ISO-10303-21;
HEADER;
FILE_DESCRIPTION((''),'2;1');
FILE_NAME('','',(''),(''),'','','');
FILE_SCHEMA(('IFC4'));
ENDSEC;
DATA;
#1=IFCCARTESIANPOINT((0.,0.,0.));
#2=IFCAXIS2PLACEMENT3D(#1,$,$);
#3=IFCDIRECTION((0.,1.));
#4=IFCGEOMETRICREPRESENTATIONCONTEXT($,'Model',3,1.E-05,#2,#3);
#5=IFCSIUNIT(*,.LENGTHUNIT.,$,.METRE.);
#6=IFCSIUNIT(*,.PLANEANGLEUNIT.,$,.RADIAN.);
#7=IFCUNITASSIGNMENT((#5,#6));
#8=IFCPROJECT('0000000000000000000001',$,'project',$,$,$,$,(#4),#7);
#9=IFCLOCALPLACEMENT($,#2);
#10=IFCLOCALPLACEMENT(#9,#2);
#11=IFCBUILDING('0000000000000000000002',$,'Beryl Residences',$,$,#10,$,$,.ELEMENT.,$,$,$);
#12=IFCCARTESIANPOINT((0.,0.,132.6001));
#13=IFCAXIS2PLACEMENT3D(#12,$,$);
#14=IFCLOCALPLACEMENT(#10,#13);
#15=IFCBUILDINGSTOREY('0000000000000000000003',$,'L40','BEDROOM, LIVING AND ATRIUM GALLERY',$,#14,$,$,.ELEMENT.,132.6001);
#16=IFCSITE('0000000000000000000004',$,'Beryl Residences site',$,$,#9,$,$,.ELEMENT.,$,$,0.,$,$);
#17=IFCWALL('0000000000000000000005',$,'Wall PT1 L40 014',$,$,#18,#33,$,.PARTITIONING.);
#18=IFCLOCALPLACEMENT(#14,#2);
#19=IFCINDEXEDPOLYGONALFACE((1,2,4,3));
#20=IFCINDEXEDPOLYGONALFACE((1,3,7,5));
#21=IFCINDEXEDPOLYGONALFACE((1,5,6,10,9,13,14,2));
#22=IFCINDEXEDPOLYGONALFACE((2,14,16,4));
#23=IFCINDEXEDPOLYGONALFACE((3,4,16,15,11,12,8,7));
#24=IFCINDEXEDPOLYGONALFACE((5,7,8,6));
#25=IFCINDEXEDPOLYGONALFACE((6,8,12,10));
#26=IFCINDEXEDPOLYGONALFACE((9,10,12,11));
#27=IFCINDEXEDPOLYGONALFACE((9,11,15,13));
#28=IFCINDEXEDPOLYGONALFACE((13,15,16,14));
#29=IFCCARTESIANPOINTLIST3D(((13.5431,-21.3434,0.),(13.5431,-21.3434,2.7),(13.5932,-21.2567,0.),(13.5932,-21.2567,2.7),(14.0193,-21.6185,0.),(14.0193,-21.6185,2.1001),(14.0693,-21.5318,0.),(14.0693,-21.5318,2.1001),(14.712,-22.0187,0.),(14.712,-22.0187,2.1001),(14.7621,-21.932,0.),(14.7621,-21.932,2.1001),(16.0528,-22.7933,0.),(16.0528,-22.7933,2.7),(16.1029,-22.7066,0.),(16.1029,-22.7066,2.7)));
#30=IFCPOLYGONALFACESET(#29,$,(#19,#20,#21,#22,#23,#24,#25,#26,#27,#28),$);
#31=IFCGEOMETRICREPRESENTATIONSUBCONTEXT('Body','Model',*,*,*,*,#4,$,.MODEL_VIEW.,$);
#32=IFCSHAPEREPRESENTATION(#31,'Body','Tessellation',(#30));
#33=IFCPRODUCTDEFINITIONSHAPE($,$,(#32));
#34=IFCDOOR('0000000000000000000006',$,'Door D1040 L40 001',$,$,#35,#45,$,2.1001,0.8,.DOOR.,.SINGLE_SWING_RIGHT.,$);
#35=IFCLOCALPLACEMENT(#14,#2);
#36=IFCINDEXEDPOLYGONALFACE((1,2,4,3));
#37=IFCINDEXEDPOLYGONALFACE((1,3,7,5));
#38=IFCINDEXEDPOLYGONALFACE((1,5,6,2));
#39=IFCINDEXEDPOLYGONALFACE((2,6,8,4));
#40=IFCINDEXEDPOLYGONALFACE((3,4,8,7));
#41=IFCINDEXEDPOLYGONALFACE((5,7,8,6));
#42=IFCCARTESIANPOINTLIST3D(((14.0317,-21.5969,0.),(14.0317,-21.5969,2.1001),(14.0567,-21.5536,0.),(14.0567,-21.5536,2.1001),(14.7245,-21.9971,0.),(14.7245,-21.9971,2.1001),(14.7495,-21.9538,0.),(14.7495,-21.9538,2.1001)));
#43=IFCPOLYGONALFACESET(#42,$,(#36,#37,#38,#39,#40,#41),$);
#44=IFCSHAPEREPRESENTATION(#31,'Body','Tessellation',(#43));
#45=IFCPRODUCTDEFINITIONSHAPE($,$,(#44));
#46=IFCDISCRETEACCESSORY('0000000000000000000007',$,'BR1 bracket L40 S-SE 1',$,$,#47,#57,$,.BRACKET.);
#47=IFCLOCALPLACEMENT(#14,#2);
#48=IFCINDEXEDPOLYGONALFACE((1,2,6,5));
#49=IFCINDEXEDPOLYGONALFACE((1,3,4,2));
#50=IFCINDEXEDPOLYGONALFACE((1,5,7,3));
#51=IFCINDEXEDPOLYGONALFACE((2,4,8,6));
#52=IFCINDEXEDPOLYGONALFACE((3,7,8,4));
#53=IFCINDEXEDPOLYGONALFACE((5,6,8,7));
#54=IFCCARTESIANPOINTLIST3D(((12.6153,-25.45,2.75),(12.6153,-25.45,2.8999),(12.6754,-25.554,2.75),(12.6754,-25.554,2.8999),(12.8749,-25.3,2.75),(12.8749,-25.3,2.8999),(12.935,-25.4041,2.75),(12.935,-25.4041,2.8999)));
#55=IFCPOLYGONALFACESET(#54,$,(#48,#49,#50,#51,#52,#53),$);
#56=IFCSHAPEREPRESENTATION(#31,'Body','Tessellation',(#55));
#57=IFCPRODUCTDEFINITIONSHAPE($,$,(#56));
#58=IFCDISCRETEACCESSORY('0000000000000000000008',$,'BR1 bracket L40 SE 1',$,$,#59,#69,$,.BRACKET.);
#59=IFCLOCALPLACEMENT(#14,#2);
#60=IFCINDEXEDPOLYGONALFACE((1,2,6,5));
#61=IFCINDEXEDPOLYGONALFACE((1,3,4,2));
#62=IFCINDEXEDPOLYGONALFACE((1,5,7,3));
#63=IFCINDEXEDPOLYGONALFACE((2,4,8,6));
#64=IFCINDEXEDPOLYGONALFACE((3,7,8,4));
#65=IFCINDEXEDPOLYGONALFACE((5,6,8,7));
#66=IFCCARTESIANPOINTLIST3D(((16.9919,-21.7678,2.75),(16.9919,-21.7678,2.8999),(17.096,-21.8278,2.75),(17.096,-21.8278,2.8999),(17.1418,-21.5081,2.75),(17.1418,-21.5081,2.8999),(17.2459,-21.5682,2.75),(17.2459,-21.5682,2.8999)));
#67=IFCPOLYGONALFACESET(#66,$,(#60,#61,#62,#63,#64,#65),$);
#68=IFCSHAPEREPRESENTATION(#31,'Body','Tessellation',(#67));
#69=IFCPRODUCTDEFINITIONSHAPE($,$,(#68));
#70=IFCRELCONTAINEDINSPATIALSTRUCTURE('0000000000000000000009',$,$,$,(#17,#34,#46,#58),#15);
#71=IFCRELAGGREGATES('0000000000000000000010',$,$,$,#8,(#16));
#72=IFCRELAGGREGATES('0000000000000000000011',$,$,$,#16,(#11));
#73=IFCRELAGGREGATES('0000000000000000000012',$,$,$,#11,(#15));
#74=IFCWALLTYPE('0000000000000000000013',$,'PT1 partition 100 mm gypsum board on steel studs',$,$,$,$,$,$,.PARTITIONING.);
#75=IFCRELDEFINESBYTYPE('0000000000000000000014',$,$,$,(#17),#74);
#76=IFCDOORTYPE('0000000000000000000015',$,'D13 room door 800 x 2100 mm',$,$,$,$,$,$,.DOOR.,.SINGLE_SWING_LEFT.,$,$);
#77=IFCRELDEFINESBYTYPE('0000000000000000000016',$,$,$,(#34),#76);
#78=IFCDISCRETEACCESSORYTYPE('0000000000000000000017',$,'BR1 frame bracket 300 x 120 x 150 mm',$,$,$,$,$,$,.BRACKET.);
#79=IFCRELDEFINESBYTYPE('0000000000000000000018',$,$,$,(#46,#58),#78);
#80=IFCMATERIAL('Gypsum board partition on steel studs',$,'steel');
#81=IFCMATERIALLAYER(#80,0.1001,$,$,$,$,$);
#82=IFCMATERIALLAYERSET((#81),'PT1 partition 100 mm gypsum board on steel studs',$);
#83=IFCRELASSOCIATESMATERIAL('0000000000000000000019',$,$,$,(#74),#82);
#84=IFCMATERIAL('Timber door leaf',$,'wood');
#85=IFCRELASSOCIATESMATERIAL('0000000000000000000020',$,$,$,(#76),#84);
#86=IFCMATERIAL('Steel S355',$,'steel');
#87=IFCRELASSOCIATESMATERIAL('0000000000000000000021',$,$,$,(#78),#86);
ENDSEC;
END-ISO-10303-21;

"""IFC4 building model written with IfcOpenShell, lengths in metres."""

from ifc_helpers import new_model, si_unit, direction, frame, frame_2d, origin, place, context, subcontext, project, spatial, polyline, rectangle, outline, extrude, source, transform, mapped, material, layer, layer_set, type_object, type_shapes, element, fill, save


model = new_model("IFC4")

# Units and contexts
model_context = context("Model", 3, precision=1e-05, world=origin(), true_north=direction((0.0, 1.0)))
body_context = subcontext(model_context, "Body", "Model", "MODEL_VIEW")
ifc_project = project(units=[si_unit("LENGTHUNIT", "METRE"), si_unit("PLANEANGLEUNIT", "RADIAN")], contexts=[model_context])

# Site, building, storey
site_placement = place(None, origin())
site = spatial("IfcSite", under=ifc_project, at=site_placement, Name="Beryl Residences site", CompositionType="ELEMENT", RefElevation=0.0)
building_placement = place(site_placement, origin())
building = spatial("IfcBuilding", under=site, at=building_placement, Name="Beryl Residences", CompositionType="ELEMENT")
storey_placement = place(building_placement, frame((0.0, 0.0, 132.6001)))
storey = spatial("IfcBuildingStorey", under=building, at=storey_placement, Name="L40", Description="BEDROOM, LIVING AND ATRIUM GALLERY", CompositionType="ELEMENT", Elevation=132.6001)

# Wall, opening, door
ifc_material_1 = material(Name="Gypsum board partition on steel studs", Category="steel")
ifc_layer_1 = layer(ifc_material_1, 0.1001)
ifc_layer_set_1 = layer_set([ifc_layer_1], Name="PT1 partition 100 mm gypsum board on steel studs")
wall_type_1 = type_object("IfcWallType", Name="PT1 partition 100 mm gypsum board on steel studs", PredefinedType="PARTITIONING", material=ifc_layer_set_1)
wall_1_placement = place(storey_placement, frame((13.5681, -21.3, 0.0), z_axis=(0.0, 0.0, 1.0), x_axis=(0.865885, -0.500243, 0.0)))
wall_1 = element("IfcWall", 1, at=wall_1_placement, inside=storey, type_object=wall_type_1, Name="Wall PT1 L40 014", PredefinedType="PARTITIONING", context=body_context, shape_type="SweptSolid", body=[
    extrude(rectangle(XDim=2.8984, YDim=0.1001, at=frame_2d((1.4492, 0.0))), origin(), (0.0, 0.0, 1.0), 2.7),
])
opening_1_placement = place(wall_1_placement, frame((0.55, 0.0, 0.0)))
opening_1 = element("IfcOpeningElement", 2, at=opening_1_placement, cuts=wall_1, PredefinedType="OPENING", context=body_context, shape_type="SweptSolid", body=[
    extrude(rectangle(XDim=0.8, YDim=2.1001, at=frame_2d((0.3999, 1.05))), frame((0.0, 0.0601, 0.0), z_axis=(0.0, -1.0, 0.0), x_axis=(1.0, 0.0, 0.0)), (0.0, 0.0, 1.0), 0.1201),
])
ifc_material_2 = material(Name="Timber door leaf", Category="wood")
door_type = type_object("IfcDoorType", Name="D13 room door 800 x 2100 mm", OperationType="SINGLE_SWING_LEFT", PredefinedType="DOOR", material=ifc_material_2)
door_placement = place(opening_1_placement, origin())
door = element("IfcDoor", 3, at=door_placement, inside=storey, type_object=door_type, Name="Door D1040 L40 001", OperationType="SINGLE_SWING_RIGHT", OverallHeight=2.1001, OverallWidth=0.8, PredefinedType="DOOR", context=body_context, shape_type="SweptSolid", body=[
    extrude(rectangle(XDim=0.8, YDim=2.1001, at=frame_2d((0.3999, 1.05))), frame((0.0, 0.0249, 0.0), z_axis=(0.0, -1.0, 0.0), x_axis=(1.0, 0.0, 0.0)), (0.0, 0.0, 1.0), 0.05),
])
fill(opening_1, door)

# Discrete accessories
ifc_material_3 = material(Name="Steel S355", Category="steel")
discrete_accessory_type = type_object("IfcDiscreteAccessoryType", Name="BR1 frame bracket 300 x 120 x 150 mm", PredefinedType="BRACKET", material=ifc_material_3)
shared_shape_1 = source(origin(), body_context, "Body", "SweptSolid", [
    extrude(outline(polyline([(-0.1499, 0.0), (0.1499, 0.0), (0.1499, 0.1201), (-0.1499, 0.1201), (-0.1499, 0.0)])), origin(), (0.0, 0.0, 1.0), 0.1499),
])
type_shapes(discrete_accessory_type, [shared_shape_1])
for number, where, z_axis, x_axis, name in (
    (4, (12.7451, -25.375, 2.75), (0.0, 0.0, 1.0), (-0.866025, -0.5, 0.0), "BR1 bracket L40 S-SE 1"),
    (5, (17.0669, -21.6379, 2.75), (0.0, 0.0, 1.0), (-0.5, -0.866025, 0.0), "BR1 bracket L40 SE 1"),
):
    element("IfcDiscreteAccessory", number, at=place(storey_placement, frame(where, z_axis=z_axis, x_axis=x_axis)), inside=storey, type_object=discrete_accessory_type, Name=name, PredefinedType="BRACKET", context=body_context, shape_type="MappedRepresentation", body=[
        mapped(shared_shape_1, transform((0.0, 0.0, 0.0))),
    ])

save(model, "model.ifc")
